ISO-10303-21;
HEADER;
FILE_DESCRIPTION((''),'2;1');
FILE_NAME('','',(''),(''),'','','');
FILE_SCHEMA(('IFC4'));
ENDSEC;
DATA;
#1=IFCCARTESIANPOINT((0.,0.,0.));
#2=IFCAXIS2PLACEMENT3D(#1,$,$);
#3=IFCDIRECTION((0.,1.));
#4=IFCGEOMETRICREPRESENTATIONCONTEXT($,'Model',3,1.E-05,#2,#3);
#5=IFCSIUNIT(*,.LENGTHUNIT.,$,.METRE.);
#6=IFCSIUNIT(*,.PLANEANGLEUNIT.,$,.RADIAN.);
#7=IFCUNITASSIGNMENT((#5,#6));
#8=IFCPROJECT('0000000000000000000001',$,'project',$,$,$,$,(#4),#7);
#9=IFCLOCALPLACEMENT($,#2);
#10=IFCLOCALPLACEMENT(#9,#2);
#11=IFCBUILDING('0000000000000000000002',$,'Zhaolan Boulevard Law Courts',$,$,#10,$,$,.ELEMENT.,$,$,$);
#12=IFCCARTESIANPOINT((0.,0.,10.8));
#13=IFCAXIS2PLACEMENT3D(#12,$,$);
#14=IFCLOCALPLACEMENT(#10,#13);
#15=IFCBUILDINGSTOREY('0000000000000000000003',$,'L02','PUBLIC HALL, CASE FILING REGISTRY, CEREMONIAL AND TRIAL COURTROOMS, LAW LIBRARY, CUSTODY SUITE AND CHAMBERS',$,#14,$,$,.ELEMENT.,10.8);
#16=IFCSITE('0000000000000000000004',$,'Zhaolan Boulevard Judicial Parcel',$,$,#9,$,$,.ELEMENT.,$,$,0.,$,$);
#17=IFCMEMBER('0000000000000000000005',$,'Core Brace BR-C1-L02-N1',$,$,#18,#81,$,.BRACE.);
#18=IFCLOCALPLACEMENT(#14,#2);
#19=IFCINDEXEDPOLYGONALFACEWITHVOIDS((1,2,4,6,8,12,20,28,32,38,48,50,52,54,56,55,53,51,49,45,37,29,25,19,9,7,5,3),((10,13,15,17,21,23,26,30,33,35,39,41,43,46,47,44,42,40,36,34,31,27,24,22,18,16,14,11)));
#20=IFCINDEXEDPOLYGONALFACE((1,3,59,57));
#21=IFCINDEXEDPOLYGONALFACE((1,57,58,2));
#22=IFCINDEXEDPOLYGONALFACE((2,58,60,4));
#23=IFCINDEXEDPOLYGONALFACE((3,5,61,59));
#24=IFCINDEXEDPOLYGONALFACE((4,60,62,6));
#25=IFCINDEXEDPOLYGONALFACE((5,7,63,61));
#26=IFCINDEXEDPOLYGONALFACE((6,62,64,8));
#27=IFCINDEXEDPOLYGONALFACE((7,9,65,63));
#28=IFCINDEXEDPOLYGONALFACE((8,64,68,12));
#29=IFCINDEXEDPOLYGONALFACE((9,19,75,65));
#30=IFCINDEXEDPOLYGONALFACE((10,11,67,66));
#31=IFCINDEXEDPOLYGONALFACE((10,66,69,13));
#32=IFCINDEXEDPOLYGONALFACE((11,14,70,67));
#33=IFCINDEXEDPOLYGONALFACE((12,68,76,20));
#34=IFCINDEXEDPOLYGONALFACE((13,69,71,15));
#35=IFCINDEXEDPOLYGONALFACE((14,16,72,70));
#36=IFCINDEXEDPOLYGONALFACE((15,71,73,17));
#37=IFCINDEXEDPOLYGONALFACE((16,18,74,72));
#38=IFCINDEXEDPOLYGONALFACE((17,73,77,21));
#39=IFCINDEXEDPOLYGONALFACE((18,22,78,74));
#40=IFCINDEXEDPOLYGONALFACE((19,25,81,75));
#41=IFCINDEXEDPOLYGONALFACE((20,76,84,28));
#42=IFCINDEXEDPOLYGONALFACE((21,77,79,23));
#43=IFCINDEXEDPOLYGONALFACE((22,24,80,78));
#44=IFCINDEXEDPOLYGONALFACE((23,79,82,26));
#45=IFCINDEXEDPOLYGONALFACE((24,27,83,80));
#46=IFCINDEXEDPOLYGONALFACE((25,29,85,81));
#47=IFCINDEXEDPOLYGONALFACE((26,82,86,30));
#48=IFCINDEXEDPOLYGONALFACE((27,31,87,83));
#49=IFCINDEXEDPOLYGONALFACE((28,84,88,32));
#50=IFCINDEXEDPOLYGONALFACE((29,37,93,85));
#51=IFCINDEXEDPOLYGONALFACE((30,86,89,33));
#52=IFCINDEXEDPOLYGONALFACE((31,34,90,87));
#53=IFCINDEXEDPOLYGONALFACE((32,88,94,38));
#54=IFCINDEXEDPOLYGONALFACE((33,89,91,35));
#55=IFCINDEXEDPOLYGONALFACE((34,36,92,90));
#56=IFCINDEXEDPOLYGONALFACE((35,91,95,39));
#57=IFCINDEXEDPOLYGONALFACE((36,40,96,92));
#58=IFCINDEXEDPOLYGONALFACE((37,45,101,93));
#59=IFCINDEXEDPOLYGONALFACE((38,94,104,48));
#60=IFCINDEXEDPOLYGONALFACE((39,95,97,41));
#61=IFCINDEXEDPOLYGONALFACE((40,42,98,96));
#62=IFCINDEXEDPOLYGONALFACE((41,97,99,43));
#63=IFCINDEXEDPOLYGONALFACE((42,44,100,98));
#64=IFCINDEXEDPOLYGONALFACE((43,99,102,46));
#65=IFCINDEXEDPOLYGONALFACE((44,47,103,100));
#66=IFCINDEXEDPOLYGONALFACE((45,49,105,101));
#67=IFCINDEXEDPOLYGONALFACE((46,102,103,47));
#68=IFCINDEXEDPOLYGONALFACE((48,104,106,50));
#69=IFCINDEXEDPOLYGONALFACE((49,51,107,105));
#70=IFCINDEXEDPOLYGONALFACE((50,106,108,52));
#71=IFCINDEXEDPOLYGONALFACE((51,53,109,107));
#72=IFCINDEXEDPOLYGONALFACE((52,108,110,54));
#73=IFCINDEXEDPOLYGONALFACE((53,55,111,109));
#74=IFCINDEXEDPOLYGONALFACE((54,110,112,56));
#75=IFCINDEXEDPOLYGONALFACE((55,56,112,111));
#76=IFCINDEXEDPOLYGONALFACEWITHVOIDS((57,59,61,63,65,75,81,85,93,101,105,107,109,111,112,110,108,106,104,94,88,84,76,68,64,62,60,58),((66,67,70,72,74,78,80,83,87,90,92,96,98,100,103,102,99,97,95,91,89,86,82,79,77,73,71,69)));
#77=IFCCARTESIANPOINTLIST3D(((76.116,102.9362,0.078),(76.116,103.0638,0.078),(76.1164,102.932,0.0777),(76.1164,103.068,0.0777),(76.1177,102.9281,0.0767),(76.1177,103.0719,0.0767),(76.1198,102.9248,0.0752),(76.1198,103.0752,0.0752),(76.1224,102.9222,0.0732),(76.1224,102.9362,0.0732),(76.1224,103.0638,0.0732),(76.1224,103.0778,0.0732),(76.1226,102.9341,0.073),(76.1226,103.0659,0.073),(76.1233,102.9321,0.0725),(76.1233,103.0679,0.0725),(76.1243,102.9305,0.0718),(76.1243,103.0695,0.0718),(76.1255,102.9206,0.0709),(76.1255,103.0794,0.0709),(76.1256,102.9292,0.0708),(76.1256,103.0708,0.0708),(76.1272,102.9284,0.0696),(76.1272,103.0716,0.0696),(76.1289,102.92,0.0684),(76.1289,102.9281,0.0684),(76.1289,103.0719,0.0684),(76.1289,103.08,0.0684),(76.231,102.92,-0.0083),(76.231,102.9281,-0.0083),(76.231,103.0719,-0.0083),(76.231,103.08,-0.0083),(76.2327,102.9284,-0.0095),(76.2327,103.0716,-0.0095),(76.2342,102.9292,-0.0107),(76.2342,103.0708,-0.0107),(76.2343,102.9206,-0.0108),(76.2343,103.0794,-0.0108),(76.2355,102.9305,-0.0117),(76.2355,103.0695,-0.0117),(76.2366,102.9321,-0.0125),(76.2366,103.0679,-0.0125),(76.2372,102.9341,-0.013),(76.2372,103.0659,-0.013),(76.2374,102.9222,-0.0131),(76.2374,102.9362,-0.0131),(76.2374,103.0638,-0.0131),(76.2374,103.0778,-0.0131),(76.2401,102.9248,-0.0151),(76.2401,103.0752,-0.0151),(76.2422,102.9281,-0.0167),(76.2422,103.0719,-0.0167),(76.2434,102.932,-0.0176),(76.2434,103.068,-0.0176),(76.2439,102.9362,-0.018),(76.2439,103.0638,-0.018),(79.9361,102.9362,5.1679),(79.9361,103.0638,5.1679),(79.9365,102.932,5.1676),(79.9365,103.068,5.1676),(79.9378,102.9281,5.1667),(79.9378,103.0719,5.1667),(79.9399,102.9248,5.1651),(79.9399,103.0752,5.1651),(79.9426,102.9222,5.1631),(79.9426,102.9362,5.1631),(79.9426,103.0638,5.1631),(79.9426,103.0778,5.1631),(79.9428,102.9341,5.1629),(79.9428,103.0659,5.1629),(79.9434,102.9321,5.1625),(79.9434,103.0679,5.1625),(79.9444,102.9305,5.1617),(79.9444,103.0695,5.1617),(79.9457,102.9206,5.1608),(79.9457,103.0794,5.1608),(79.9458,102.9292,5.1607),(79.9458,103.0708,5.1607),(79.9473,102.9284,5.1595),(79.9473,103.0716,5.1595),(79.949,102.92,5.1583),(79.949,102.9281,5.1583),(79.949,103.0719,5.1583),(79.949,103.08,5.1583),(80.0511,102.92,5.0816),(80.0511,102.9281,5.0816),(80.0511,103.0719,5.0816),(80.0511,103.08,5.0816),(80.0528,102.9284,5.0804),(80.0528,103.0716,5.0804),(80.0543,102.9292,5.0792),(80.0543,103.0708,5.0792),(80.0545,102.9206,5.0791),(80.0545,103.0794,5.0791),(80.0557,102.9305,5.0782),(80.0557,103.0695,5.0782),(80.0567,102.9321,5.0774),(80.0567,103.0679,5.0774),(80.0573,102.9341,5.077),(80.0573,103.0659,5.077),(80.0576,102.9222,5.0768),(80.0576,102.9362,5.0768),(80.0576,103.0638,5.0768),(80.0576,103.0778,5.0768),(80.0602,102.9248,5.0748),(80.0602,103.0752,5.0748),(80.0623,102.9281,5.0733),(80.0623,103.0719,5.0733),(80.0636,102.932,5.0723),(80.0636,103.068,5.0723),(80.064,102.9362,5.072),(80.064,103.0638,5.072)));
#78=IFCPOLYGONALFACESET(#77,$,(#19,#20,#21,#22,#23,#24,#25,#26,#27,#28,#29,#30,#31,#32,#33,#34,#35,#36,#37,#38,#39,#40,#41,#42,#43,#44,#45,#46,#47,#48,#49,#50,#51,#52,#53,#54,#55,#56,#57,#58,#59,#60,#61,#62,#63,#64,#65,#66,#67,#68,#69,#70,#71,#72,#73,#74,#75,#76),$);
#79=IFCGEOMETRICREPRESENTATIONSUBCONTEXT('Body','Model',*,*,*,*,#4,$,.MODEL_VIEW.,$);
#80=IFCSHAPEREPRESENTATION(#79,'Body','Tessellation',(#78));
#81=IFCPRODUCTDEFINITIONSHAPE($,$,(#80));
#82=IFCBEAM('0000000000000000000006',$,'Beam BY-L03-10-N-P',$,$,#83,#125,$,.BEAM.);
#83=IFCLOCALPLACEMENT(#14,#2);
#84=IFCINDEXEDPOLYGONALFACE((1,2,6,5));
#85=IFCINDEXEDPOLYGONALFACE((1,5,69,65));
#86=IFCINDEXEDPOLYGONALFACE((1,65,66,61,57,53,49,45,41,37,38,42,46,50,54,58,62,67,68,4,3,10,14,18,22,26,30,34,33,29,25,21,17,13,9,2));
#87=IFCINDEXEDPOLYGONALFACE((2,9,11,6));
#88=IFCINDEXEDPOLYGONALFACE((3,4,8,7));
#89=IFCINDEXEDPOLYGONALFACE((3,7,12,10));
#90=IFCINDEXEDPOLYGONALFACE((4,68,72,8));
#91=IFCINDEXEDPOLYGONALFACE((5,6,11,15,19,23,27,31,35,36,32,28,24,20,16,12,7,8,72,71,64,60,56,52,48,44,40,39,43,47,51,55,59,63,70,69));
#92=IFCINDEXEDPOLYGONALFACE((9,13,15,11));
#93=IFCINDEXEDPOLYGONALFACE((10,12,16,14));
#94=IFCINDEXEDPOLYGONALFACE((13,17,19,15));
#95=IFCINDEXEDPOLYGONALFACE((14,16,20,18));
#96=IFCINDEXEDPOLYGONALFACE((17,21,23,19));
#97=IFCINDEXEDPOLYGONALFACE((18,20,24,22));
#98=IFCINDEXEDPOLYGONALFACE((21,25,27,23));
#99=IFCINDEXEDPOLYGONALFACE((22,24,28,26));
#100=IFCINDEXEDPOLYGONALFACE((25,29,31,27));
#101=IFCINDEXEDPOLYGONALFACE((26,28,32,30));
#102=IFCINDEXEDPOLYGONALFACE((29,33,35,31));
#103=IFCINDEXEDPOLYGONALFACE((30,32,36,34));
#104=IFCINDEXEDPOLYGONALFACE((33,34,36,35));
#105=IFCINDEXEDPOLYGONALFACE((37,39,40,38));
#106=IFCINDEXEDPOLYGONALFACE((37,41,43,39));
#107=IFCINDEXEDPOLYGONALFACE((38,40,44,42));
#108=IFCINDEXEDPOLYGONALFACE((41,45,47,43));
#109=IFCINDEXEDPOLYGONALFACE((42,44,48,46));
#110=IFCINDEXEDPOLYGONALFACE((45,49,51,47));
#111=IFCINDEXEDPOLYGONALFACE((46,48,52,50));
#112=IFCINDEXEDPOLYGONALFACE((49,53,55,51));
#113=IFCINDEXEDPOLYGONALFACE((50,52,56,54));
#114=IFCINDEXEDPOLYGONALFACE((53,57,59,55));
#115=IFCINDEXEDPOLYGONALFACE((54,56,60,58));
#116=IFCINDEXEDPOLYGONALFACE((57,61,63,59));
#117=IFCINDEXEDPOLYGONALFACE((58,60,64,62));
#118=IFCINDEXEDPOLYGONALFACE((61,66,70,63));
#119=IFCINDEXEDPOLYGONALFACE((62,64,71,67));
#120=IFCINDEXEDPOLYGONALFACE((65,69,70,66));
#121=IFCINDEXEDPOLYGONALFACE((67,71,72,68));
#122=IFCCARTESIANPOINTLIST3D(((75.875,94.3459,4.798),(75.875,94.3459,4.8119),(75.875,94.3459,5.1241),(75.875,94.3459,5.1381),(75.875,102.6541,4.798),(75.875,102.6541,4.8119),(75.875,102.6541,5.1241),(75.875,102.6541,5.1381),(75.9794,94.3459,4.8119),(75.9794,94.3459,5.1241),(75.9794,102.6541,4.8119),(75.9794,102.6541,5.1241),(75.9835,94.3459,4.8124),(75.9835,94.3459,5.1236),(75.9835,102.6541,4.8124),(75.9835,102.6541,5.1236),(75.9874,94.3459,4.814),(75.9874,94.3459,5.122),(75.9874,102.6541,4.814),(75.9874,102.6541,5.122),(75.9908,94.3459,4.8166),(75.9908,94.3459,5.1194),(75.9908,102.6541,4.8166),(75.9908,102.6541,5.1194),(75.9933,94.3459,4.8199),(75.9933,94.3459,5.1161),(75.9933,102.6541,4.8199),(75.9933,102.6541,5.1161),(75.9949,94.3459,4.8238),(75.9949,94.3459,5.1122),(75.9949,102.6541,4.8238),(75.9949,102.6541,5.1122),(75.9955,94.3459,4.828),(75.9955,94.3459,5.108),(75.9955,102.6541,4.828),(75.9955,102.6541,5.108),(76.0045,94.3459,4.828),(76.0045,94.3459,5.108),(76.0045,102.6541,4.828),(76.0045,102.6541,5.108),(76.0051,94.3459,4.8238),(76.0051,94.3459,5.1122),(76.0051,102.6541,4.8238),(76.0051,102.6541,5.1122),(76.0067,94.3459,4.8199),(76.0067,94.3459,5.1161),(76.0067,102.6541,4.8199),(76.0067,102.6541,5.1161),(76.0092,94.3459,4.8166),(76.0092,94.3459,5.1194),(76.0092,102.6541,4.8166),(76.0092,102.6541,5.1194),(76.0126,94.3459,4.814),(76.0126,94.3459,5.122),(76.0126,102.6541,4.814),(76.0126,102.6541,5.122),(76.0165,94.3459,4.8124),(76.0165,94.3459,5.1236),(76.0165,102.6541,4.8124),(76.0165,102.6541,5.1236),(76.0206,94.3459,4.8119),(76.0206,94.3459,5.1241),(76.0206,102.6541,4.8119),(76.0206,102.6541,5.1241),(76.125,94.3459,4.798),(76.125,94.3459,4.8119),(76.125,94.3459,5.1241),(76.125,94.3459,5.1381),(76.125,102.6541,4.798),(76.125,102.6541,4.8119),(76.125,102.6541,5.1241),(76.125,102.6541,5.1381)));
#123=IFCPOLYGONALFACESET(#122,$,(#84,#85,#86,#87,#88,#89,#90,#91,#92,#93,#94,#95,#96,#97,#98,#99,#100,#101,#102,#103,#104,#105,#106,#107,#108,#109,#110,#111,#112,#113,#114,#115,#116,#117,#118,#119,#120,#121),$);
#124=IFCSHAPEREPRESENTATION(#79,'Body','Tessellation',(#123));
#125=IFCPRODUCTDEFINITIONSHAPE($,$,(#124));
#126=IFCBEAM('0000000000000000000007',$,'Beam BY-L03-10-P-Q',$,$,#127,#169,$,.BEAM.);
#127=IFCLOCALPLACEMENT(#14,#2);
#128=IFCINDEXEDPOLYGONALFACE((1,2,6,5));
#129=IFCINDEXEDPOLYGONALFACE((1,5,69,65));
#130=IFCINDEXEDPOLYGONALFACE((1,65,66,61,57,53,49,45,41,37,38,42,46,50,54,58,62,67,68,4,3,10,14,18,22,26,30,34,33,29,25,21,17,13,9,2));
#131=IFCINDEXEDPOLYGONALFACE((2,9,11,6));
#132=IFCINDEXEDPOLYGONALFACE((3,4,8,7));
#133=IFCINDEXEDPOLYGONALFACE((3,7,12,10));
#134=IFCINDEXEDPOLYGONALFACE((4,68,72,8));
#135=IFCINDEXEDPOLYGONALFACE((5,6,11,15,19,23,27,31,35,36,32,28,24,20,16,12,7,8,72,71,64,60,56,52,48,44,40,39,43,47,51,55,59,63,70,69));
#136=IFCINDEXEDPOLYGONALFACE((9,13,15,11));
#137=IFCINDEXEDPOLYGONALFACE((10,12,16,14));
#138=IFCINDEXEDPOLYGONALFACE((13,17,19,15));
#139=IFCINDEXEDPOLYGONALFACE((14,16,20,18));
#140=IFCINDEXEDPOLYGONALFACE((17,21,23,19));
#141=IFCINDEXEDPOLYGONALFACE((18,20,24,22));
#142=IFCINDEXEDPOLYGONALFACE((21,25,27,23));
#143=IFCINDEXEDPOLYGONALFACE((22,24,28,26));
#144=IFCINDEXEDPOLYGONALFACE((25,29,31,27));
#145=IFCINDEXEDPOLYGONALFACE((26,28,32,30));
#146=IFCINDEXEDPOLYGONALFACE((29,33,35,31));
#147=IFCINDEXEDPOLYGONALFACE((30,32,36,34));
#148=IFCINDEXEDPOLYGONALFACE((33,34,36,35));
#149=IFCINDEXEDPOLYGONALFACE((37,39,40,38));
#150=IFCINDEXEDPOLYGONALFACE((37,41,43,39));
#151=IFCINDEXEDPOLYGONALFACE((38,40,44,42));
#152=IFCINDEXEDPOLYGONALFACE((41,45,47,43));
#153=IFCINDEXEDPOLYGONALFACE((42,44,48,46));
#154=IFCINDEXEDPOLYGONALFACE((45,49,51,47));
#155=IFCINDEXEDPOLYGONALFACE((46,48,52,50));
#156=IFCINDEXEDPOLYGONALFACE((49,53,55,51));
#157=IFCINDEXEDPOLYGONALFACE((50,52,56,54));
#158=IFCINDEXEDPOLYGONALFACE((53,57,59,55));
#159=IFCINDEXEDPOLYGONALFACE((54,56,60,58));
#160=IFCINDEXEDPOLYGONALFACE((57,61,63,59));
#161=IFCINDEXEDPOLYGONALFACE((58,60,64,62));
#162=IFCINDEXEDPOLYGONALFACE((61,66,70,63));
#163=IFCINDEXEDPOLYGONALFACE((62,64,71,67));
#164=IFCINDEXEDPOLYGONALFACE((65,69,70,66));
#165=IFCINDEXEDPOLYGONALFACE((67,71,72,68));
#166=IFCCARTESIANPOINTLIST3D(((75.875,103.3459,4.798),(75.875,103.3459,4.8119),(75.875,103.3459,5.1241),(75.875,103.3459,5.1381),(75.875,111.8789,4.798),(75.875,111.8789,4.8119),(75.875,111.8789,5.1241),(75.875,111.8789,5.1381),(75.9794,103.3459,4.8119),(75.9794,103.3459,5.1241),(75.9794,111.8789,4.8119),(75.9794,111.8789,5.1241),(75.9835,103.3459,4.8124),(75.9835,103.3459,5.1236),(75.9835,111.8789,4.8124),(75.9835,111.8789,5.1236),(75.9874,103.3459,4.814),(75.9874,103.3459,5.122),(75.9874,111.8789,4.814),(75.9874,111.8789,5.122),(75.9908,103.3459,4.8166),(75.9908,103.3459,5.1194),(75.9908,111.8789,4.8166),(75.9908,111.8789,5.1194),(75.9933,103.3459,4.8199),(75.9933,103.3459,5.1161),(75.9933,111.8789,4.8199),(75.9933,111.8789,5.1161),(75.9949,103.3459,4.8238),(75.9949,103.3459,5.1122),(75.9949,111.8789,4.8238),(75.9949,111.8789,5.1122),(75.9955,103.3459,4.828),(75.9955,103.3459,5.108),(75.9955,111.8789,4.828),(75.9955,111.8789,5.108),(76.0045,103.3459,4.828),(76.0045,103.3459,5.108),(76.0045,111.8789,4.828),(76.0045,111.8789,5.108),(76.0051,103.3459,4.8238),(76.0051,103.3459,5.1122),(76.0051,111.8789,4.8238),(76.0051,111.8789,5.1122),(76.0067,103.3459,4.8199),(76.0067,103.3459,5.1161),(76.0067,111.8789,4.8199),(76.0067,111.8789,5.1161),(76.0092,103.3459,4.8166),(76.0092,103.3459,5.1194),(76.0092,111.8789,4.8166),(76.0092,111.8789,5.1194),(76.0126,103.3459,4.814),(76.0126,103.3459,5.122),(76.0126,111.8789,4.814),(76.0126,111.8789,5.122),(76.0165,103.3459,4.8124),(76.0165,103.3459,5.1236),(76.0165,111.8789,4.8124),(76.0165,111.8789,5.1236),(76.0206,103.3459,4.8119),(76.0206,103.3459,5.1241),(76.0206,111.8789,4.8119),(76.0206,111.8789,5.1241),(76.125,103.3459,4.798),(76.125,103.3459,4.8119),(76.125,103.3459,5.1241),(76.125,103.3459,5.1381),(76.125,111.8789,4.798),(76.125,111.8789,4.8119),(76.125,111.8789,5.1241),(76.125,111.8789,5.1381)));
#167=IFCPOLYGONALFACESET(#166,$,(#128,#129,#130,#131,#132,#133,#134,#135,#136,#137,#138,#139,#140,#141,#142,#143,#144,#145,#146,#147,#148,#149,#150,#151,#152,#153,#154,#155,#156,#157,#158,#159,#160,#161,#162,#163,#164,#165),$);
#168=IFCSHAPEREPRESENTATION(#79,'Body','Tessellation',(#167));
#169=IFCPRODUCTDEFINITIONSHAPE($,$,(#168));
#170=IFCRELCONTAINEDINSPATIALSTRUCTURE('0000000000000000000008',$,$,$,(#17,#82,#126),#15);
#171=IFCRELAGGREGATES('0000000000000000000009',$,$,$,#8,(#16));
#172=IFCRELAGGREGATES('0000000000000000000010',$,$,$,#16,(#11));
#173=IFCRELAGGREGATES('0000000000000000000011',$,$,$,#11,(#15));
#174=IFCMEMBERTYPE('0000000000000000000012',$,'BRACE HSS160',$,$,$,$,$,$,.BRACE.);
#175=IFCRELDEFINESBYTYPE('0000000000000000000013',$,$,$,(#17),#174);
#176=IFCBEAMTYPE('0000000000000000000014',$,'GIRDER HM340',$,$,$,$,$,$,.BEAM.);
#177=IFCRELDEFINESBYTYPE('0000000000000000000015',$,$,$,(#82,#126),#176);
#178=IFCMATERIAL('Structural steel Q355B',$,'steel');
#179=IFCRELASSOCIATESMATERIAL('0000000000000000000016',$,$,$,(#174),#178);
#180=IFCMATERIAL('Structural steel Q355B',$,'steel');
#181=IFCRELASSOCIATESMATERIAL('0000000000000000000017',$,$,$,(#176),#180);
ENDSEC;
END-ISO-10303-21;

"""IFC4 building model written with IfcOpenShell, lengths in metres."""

from ifc_helpers import new_model, si_unit, direction, frame, origin, origin_2d, place, context, subcontext, project, spatial, hollow_rectangle, i_section, extrude, material, material_profile, profile_set, type_object, element, save


model = new_model("IFC4")

# Units and contexts
model_context = context("Model", 3, precision=1e-05, world=origin(), true_north=direction((0.0, 1.0)))
body_context = subcontext(model_context, "Body", "Model", "MODEL_VIEW")
ifc_project = project(units=[si_unit("LENGTHUNIT", "METRE"), si_unit("PLANEANGLEUNIT", "RADIAN")], contexts=[model_context])

# Site, building, storey
site_placement = place(None, origin())
site = spatial("IfcSite", under=ifc_project, at=site_placement, Name="Zhaolan Boulevard Judicial Parcel", CompositionType="ELEMENT", RefElevation=0.0)
building_placement = place(site_placement, origin())
building = spatial("IfcBuilding", under=site, at=building_placement, Name="Zhaolan Boulevard Law Courts", CompositionType="ELEMENT")
storey_placement = place(building_placement, frame((0.0, 0.0, 10.8)))
storey = spatial("IfcBuildingStorey", under=building, at=storey_placement, Name="L02", Description="PUBLIC HALL, CASE FILING REGISTRY, CEREMONIAL AND TRIAL COURTROOMS, LAW LIBRARY, CUSTODY SUITE AND CHAMBERS", CompositionType="ELEMENT", Elevation=10.8)

# Member
ifc_material_1 = material(Name="Structural steel Q355B", Category="steel")
ifc_material_profile_1 = material_profile(ifc_material_1, hollow_rectangle(XDim=0.1599, YDim=0.1599, WallThickness=0.0081, InnerFilletRadius=0.0081, OuterFilletRadius=0.0161, at=origin_2d()), Name="HSS160x160x8")
ifc_profile_set_1 = profile_set([ifc_material_profile_1], Name="Structural steel Q355B")
member_type_1 = type_object("IfcMemberType", Name="BRACE HSS160", PredefinedType="BRACE", material=ifc_profile_set_1)
member_1_placement = place(storey_placement, frame((76.1799, 103.0, 0.03), z_axis=(0.60027, 0.0, 0.799797), x_axis=(0.0, 1.0, 0.0)))
element("IfcMember", 1, at=member_1_placement, inside=storey, type_object=member_type_1, Name="Core Brace BR-C1-L02-N1", PredefinedType="BRACE", context=body_context, shape_type="SweptSolid", body=[
    extrude(hollow_rectangle(XDim=0.1599, YDim=0.1599, WallThickness=0.0081, InnerFilletRadius=0.0081, OuterFilletRadius=0.0161, at=origin_2d()), origin(), (0.0, 0.0, 1.0), 6.364),
])

# Beams
ifc_material_2 = material(Name="Structural steel Q355B", Category="steel")
ifc_material_profile_2 = material_profile(ifc_material_2, i_section(OverallWidth=0.25, OverallDepth=0.3401, WebThickness=0.009, FlangeThickness=0.0139, FilletRadius=0.0161, at=origin_2d()), Name="HM340x250")
ifc_profile_set_2 = profile_set([ifc_material_profile_2], Name="Structural steel Q355B")
beam_type_1 = type_object("IfcBeamType", Name="GIRDER HM340", PredefinedType="BEAM", material=ifc_profile_set_2)
beam_1_placement = place(storey_placement, frame((76.0, 94.3459, 4.968), z_axis=(0.0, 1.0, 0.0), x_axis=(-1.0, 0.0, 0.0)))
element("IfcBeam", 2, at=beam_1_placement, inside=storey, type_object=beam_type_1, Name="Beam BY-L03-10-N-P", PredefinedType="BEAM", context=body_context, shape_type="SweptSolid", body=[
    extrude(i_section(OverallWidth=0.25, OverallDepth=0.3401, WebThickness=0.009, FlangeThickness=0.0139, FilletRadius=0.0161, at=origin_2d()), origin(), (0.0, 0.0, 1.0), 8.3081),
])
beam_2_placement = place(storey_placement, frame((76.0, 103.3459, 4.968), z_axis=(0.0, 1.0, 0.0), x_axis=(-1.0, 0.0, 0.0)))
element("IfcBeam", 3, at=beam_2_placement, inside=storey, type_object=beam_type_1, Name="Beam BY-L03-10-P-Q", PredefinedType="BEAM", context=body_context, shape_type="SweptSolid", body=[
    extrude(i_section(OverallWidth=0.25, OverallDepth=0.3401, WebThickness=0.009, FlangeThickness=0.0139, FilletRadius=0.0161, at=origin_2d()), origin(), (0.0, 0.0, 1.0), 8.533),
])

save(model, "model.ifc")
